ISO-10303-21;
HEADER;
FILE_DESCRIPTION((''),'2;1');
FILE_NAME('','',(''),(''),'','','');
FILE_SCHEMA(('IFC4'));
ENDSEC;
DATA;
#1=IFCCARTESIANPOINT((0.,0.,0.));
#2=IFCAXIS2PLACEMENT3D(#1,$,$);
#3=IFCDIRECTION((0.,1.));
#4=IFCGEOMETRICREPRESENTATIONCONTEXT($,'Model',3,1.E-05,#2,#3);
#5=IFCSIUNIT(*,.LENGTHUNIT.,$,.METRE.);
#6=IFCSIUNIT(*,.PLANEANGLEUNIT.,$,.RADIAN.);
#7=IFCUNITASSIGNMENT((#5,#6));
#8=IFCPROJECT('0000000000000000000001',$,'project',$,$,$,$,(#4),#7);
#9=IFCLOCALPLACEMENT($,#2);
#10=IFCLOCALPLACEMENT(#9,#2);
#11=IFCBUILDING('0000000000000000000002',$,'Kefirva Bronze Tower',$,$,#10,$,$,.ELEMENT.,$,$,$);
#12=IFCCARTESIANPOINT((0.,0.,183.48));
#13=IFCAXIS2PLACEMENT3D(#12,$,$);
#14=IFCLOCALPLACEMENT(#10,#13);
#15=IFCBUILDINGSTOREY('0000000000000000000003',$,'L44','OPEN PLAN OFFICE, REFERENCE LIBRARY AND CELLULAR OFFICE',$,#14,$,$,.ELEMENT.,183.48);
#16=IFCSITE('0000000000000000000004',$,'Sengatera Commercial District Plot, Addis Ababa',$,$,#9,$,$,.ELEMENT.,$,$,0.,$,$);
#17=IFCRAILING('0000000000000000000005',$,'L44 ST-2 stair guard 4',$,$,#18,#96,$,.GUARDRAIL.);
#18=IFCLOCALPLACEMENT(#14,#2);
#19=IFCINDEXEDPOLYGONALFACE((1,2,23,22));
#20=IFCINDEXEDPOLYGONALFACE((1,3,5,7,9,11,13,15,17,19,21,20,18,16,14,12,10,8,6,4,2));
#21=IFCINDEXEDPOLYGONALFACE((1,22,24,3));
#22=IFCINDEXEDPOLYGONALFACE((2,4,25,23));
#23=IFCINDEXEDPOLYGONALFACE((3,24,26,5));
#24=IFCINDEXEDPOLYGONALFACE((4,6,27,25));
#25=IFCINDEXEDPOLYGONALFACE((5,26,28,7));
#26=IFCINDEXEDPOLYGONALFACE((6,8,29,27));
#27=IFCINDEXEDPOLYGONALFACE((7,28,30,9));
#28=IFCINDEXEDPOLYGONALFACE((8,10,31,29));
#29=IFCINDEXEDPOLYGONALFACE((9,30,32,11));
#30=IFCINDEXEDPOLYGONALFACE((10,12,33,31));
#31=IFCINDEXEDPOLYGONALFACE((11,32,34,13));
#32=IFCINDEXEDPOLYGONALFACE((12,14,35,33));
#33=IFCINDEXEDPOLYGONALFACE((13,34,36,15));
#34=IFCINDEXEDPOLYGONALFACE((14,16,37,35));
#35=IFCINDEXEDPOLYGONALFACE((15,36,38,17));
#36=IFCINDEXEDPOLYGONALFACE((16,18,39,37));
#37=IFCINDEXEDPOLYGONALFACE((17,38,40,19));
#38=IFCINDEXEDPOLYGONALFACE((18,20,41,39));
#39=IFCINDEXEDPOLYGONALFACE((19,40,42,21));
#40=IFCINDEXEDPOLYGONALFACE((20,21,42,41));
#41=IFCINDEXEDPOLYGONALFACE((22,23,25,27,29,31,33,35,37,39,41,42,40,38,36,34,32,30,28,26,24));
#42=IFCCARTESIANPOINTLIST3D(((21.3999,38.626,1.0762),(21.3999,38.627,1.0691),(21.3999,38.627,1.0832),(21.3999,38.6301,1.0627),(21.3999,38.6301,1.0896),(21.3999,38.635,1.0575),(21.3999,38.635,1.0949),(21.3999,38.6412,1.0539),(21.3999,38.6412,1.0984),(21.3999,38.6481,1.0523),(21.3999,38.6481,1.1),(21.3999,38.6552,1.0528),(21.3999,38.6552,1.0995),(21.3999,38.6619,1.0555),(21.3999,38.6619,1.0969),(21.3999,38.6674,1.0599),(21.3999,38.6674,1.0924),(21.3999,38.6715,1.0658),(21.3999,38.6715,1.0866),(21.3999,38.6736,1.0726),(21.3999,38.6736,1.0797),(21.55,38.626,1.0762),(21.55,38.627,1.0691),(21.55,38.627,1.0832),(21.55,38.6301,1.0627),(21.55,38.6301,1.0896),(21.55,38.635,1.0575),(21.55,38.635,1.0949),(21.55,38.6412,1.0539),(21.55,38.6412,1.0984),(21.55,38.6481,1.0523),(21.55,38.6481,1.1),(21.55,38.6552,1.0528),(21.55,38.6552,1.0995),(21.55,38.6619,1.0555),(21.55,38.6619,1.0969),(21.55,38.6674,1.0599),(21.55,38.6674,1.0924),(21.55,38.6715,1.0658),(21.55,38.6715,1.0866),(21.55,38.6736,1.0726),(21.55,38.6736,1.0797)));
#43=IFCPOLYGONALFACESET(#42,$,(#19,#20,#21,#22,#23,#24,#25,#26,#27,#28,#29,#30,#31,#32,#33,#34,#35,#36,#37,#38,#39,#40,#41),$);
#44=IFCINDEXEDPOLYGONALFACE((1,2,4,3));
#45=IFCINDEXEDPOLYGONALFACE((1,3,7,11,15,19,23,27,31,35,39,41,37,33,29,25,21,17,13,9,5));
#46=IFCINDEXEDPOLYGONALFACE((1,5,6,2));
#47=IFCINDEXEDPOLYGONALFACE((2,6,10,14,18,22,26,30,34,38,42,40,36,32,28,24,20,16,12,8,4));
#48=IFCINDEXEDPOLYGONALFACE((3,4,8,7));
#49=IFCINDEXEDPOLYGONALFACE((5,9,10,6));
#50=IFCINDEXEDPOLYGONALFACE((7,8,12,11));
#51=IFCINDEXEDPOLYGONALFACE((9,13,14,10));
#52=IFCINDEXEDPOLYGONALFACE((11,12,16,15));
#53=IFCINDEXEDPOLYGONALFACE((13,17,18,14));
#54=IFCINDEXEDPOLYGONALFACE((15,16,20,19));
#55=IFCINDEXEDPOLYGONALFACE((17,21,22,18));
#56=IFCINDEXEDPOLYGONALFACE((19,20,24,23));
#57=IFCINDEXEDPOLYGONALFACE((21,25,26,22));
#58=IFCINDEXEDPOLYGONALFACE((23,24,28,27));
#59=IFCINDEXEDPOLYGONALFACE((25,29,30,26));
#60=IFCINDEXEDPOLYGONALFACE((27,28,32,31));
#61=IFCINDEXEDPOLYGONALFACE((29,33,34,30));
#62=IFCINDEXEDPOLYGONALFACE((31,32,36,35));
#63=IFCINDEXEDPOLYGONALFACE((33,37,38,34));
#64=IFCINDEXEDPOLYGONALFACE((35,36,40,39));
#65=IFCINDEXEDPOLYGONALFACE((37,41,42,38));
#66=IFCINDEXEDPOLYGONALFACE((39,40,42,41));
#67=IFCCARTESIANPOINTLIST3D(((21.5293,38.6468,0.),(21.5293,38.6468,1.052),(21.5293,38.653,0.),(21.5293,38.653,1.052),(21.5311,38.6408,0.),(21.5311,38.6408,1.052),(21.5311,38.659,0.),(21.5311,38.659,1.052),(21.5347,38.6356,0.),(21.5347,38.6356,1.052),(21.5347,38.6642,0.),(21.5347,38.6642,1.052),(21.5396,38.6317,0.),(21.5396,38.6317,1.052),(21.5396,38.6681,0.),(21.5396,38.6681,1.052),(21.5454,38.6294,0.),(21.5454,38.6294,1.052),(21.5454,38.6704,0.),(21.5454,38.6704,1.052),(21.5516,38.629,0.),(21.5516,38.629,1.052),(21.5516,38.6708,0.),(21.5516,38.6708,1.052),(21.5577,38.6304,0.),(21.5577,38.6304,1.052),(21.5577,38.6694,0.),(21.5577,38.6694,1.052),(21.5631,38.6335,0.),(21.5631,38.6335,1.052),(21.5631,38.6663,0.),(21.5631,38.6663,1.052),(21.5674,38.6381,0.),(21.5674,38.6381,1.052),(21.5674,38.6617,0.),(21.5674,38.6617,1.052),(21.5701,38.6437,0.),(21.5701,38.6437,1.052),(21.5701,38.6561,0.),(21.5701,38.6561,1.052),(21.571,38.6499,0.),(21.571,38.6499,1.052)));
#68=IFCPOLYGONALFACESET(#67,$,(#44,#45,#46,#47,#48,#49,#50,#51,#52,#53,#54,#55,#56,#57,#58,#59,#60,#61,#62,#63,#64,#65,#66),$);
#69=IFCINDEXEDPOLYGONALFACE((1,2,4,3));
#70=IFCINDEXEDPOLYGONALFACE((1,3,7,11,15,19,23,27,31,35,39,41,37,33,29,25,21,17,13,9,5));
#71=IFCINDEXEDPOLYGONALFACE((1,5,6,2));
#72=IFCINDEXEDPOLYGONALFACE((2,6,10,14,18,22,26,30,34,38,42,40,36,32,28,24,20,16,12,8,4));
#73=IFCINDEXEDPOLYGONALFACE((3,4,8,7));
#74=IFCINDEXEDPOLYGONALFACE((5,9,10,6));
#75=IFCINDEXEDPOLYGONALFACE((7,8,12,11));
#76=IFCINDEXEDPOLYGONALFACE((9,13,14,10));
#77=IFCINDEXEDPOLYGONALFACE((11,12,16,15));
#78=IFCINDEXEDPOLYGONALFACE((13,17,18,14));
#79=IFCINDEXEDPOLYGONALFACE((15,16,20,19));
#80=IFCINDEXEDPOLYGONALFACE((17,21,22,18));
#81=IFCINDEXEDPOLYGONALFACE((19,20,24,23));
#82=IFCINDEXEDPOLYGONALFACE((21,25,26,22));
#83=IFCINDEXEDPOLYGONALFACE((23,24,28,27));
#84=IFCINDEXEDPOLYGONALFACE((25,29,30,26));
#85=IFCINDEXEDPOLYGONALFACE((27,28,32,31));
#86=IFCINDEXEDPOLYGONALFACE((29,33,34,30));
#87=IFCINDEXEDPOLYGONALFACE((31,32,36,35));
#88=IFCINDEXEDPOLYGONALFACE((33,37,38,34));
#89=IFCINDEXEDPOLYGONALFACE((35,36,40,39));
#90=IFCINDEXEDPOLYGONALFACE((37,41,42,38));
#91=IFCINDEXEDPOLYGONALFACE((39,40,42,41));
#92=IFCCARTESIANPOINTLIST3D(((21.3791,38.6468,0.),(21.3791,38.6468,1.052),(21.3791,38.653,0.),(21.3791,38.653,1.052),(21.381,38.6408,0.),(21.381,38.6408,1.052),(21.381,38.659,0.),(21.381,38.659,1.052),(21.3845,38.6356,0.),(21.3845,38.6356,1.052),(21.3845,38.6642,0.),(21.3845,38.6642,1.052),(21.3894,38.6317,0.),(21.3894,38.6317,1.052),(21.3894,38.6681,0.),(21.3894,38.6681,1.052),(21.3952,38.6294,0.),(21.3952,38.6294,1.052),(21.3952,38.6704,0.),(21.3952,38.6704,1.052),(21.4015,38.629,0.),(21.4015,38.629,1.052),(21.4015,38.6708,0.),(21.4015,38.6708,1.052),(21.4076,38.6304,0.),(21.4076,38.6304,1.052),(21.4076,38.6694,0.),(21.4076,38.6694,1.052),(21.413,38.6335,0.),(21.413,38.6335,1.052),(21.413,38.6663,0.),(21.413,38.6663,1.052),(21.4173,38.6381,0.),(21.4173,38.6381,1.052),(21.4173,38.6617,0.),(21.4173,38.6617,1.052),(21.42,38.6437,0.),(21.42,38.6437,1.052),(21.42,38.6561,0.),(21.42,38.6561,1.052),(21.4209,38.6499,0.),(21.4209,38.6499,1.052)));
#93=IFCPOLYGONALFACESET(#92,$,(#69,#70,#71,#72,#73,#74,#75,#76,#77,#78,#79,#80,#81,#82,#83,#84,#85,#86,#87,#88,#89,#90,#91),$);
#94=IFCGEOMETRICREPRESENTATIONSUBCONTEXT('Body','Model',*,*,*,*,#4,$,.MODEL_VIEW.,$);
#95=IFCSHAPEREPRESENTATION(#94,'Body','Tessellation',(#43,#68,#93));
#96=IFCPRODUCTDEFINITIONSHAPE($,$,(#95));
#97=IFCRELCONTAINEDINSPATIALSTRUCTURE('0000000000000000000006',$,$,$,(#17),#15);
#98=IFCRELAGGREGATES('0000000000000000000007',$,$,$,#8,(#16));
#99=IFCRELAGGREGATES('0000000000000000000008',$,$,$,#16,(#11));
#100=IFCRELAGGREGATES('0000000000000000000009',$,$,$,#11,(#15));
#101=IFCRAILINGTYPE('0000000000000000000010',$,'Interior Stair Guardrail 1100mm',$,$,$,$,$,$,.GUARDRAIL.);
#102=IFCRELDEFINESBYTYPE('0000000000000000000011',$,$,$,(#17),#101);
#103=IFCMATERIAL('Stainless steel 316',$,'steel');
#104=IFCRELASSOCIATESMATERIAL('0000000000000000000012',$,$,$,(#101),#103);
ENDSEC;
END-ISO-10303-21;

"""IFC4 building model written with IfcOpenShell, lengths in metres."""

from ifc_helpers import new_model, si_unit, direction, frame, origin, origin_2d, place, context, subcontext, project, spatial, circle, extrude, material, type_object, element, save


model = new_model("IFC4")

# Units and contexts
model_context = context("Model", 3, precision=1e-05, world=origin(), true_north=direction((0.0, 1.0)))
body_context = subcontext(model_context, "Body", "Model", "MODEL_VIEW")
ifc_project = project(units=[si_unit("LENGTHUNIT", "METRE"), si_unit("PLANEANGLEUNIT", "RADIAN")], contexts=[model_context])

# Site, building, storey
site_placement = place(None, origin())
site = spatial("IfcSite", under=ifc_project, at=site_placement, Name="Sengatera Commercial District Plot, Addis Ababa", CompositionType="ELEMENT", RefElevation=0.0)
building_placement = place(site_placement, origin())
building = spatial("IfcBuilding", under=site, at=building_placement, Name="Kefirva Bronze Tower", CompositionType="ELEMENT")
storey_placement = place(building_placement, frame((0.0, 0.0, 183.48)))
storey = spatial("IfcBuildingStorey", under=building, at=storey_placement, Name="L44", Description="OPEN PLAN OFFICE, REFERENCE LIBRARY AND CELLULAR OFFICE", CompositionType="ELEMENT", Elevation=183.48)

# Railing
ifc_material_1 = material(Name="Stainless steel 316", Category="steel")
railing_type_1 = type_object("IfcRailingType", Name="Interior Stair Guardrail 1100mm", PredefinedType="GUARDRAIL", material=ifc_material_1)
railing_1_placement = place(storey_placement, frame((21.55, 38.6499, 0.0)))
element("IfcRailing", 1, at=railing_1_placement, inside=storey, type_object=railing_type_1, Name="L44 ST-2 stair guard 4", PredefinedType="GUARDRAIL", context=body_context, shape_type="SweptSolid", body=[
    extrude(circle(Radius=0.0239, at=origin_2d()), frame((0.0, 0.0, 1.0762), z_axis=(-1.0, 0.0, 0.0), x_axis=(0.0, -1.0, 0.0)), (0.0, 0.0, 1.0), 0.1501),
    extrude(circle(Radius=0.021, at=origin_2d()), origin(), (0.0, 0.0, 1.0), 1.052),
    extrude(circle(Radius=0.021, at=origin_2d()), frame((-0.1501, 0.0, 0.0)), (0.0, 0.0, 1.0), 1.052),
])

save(model, "model.ifc")
